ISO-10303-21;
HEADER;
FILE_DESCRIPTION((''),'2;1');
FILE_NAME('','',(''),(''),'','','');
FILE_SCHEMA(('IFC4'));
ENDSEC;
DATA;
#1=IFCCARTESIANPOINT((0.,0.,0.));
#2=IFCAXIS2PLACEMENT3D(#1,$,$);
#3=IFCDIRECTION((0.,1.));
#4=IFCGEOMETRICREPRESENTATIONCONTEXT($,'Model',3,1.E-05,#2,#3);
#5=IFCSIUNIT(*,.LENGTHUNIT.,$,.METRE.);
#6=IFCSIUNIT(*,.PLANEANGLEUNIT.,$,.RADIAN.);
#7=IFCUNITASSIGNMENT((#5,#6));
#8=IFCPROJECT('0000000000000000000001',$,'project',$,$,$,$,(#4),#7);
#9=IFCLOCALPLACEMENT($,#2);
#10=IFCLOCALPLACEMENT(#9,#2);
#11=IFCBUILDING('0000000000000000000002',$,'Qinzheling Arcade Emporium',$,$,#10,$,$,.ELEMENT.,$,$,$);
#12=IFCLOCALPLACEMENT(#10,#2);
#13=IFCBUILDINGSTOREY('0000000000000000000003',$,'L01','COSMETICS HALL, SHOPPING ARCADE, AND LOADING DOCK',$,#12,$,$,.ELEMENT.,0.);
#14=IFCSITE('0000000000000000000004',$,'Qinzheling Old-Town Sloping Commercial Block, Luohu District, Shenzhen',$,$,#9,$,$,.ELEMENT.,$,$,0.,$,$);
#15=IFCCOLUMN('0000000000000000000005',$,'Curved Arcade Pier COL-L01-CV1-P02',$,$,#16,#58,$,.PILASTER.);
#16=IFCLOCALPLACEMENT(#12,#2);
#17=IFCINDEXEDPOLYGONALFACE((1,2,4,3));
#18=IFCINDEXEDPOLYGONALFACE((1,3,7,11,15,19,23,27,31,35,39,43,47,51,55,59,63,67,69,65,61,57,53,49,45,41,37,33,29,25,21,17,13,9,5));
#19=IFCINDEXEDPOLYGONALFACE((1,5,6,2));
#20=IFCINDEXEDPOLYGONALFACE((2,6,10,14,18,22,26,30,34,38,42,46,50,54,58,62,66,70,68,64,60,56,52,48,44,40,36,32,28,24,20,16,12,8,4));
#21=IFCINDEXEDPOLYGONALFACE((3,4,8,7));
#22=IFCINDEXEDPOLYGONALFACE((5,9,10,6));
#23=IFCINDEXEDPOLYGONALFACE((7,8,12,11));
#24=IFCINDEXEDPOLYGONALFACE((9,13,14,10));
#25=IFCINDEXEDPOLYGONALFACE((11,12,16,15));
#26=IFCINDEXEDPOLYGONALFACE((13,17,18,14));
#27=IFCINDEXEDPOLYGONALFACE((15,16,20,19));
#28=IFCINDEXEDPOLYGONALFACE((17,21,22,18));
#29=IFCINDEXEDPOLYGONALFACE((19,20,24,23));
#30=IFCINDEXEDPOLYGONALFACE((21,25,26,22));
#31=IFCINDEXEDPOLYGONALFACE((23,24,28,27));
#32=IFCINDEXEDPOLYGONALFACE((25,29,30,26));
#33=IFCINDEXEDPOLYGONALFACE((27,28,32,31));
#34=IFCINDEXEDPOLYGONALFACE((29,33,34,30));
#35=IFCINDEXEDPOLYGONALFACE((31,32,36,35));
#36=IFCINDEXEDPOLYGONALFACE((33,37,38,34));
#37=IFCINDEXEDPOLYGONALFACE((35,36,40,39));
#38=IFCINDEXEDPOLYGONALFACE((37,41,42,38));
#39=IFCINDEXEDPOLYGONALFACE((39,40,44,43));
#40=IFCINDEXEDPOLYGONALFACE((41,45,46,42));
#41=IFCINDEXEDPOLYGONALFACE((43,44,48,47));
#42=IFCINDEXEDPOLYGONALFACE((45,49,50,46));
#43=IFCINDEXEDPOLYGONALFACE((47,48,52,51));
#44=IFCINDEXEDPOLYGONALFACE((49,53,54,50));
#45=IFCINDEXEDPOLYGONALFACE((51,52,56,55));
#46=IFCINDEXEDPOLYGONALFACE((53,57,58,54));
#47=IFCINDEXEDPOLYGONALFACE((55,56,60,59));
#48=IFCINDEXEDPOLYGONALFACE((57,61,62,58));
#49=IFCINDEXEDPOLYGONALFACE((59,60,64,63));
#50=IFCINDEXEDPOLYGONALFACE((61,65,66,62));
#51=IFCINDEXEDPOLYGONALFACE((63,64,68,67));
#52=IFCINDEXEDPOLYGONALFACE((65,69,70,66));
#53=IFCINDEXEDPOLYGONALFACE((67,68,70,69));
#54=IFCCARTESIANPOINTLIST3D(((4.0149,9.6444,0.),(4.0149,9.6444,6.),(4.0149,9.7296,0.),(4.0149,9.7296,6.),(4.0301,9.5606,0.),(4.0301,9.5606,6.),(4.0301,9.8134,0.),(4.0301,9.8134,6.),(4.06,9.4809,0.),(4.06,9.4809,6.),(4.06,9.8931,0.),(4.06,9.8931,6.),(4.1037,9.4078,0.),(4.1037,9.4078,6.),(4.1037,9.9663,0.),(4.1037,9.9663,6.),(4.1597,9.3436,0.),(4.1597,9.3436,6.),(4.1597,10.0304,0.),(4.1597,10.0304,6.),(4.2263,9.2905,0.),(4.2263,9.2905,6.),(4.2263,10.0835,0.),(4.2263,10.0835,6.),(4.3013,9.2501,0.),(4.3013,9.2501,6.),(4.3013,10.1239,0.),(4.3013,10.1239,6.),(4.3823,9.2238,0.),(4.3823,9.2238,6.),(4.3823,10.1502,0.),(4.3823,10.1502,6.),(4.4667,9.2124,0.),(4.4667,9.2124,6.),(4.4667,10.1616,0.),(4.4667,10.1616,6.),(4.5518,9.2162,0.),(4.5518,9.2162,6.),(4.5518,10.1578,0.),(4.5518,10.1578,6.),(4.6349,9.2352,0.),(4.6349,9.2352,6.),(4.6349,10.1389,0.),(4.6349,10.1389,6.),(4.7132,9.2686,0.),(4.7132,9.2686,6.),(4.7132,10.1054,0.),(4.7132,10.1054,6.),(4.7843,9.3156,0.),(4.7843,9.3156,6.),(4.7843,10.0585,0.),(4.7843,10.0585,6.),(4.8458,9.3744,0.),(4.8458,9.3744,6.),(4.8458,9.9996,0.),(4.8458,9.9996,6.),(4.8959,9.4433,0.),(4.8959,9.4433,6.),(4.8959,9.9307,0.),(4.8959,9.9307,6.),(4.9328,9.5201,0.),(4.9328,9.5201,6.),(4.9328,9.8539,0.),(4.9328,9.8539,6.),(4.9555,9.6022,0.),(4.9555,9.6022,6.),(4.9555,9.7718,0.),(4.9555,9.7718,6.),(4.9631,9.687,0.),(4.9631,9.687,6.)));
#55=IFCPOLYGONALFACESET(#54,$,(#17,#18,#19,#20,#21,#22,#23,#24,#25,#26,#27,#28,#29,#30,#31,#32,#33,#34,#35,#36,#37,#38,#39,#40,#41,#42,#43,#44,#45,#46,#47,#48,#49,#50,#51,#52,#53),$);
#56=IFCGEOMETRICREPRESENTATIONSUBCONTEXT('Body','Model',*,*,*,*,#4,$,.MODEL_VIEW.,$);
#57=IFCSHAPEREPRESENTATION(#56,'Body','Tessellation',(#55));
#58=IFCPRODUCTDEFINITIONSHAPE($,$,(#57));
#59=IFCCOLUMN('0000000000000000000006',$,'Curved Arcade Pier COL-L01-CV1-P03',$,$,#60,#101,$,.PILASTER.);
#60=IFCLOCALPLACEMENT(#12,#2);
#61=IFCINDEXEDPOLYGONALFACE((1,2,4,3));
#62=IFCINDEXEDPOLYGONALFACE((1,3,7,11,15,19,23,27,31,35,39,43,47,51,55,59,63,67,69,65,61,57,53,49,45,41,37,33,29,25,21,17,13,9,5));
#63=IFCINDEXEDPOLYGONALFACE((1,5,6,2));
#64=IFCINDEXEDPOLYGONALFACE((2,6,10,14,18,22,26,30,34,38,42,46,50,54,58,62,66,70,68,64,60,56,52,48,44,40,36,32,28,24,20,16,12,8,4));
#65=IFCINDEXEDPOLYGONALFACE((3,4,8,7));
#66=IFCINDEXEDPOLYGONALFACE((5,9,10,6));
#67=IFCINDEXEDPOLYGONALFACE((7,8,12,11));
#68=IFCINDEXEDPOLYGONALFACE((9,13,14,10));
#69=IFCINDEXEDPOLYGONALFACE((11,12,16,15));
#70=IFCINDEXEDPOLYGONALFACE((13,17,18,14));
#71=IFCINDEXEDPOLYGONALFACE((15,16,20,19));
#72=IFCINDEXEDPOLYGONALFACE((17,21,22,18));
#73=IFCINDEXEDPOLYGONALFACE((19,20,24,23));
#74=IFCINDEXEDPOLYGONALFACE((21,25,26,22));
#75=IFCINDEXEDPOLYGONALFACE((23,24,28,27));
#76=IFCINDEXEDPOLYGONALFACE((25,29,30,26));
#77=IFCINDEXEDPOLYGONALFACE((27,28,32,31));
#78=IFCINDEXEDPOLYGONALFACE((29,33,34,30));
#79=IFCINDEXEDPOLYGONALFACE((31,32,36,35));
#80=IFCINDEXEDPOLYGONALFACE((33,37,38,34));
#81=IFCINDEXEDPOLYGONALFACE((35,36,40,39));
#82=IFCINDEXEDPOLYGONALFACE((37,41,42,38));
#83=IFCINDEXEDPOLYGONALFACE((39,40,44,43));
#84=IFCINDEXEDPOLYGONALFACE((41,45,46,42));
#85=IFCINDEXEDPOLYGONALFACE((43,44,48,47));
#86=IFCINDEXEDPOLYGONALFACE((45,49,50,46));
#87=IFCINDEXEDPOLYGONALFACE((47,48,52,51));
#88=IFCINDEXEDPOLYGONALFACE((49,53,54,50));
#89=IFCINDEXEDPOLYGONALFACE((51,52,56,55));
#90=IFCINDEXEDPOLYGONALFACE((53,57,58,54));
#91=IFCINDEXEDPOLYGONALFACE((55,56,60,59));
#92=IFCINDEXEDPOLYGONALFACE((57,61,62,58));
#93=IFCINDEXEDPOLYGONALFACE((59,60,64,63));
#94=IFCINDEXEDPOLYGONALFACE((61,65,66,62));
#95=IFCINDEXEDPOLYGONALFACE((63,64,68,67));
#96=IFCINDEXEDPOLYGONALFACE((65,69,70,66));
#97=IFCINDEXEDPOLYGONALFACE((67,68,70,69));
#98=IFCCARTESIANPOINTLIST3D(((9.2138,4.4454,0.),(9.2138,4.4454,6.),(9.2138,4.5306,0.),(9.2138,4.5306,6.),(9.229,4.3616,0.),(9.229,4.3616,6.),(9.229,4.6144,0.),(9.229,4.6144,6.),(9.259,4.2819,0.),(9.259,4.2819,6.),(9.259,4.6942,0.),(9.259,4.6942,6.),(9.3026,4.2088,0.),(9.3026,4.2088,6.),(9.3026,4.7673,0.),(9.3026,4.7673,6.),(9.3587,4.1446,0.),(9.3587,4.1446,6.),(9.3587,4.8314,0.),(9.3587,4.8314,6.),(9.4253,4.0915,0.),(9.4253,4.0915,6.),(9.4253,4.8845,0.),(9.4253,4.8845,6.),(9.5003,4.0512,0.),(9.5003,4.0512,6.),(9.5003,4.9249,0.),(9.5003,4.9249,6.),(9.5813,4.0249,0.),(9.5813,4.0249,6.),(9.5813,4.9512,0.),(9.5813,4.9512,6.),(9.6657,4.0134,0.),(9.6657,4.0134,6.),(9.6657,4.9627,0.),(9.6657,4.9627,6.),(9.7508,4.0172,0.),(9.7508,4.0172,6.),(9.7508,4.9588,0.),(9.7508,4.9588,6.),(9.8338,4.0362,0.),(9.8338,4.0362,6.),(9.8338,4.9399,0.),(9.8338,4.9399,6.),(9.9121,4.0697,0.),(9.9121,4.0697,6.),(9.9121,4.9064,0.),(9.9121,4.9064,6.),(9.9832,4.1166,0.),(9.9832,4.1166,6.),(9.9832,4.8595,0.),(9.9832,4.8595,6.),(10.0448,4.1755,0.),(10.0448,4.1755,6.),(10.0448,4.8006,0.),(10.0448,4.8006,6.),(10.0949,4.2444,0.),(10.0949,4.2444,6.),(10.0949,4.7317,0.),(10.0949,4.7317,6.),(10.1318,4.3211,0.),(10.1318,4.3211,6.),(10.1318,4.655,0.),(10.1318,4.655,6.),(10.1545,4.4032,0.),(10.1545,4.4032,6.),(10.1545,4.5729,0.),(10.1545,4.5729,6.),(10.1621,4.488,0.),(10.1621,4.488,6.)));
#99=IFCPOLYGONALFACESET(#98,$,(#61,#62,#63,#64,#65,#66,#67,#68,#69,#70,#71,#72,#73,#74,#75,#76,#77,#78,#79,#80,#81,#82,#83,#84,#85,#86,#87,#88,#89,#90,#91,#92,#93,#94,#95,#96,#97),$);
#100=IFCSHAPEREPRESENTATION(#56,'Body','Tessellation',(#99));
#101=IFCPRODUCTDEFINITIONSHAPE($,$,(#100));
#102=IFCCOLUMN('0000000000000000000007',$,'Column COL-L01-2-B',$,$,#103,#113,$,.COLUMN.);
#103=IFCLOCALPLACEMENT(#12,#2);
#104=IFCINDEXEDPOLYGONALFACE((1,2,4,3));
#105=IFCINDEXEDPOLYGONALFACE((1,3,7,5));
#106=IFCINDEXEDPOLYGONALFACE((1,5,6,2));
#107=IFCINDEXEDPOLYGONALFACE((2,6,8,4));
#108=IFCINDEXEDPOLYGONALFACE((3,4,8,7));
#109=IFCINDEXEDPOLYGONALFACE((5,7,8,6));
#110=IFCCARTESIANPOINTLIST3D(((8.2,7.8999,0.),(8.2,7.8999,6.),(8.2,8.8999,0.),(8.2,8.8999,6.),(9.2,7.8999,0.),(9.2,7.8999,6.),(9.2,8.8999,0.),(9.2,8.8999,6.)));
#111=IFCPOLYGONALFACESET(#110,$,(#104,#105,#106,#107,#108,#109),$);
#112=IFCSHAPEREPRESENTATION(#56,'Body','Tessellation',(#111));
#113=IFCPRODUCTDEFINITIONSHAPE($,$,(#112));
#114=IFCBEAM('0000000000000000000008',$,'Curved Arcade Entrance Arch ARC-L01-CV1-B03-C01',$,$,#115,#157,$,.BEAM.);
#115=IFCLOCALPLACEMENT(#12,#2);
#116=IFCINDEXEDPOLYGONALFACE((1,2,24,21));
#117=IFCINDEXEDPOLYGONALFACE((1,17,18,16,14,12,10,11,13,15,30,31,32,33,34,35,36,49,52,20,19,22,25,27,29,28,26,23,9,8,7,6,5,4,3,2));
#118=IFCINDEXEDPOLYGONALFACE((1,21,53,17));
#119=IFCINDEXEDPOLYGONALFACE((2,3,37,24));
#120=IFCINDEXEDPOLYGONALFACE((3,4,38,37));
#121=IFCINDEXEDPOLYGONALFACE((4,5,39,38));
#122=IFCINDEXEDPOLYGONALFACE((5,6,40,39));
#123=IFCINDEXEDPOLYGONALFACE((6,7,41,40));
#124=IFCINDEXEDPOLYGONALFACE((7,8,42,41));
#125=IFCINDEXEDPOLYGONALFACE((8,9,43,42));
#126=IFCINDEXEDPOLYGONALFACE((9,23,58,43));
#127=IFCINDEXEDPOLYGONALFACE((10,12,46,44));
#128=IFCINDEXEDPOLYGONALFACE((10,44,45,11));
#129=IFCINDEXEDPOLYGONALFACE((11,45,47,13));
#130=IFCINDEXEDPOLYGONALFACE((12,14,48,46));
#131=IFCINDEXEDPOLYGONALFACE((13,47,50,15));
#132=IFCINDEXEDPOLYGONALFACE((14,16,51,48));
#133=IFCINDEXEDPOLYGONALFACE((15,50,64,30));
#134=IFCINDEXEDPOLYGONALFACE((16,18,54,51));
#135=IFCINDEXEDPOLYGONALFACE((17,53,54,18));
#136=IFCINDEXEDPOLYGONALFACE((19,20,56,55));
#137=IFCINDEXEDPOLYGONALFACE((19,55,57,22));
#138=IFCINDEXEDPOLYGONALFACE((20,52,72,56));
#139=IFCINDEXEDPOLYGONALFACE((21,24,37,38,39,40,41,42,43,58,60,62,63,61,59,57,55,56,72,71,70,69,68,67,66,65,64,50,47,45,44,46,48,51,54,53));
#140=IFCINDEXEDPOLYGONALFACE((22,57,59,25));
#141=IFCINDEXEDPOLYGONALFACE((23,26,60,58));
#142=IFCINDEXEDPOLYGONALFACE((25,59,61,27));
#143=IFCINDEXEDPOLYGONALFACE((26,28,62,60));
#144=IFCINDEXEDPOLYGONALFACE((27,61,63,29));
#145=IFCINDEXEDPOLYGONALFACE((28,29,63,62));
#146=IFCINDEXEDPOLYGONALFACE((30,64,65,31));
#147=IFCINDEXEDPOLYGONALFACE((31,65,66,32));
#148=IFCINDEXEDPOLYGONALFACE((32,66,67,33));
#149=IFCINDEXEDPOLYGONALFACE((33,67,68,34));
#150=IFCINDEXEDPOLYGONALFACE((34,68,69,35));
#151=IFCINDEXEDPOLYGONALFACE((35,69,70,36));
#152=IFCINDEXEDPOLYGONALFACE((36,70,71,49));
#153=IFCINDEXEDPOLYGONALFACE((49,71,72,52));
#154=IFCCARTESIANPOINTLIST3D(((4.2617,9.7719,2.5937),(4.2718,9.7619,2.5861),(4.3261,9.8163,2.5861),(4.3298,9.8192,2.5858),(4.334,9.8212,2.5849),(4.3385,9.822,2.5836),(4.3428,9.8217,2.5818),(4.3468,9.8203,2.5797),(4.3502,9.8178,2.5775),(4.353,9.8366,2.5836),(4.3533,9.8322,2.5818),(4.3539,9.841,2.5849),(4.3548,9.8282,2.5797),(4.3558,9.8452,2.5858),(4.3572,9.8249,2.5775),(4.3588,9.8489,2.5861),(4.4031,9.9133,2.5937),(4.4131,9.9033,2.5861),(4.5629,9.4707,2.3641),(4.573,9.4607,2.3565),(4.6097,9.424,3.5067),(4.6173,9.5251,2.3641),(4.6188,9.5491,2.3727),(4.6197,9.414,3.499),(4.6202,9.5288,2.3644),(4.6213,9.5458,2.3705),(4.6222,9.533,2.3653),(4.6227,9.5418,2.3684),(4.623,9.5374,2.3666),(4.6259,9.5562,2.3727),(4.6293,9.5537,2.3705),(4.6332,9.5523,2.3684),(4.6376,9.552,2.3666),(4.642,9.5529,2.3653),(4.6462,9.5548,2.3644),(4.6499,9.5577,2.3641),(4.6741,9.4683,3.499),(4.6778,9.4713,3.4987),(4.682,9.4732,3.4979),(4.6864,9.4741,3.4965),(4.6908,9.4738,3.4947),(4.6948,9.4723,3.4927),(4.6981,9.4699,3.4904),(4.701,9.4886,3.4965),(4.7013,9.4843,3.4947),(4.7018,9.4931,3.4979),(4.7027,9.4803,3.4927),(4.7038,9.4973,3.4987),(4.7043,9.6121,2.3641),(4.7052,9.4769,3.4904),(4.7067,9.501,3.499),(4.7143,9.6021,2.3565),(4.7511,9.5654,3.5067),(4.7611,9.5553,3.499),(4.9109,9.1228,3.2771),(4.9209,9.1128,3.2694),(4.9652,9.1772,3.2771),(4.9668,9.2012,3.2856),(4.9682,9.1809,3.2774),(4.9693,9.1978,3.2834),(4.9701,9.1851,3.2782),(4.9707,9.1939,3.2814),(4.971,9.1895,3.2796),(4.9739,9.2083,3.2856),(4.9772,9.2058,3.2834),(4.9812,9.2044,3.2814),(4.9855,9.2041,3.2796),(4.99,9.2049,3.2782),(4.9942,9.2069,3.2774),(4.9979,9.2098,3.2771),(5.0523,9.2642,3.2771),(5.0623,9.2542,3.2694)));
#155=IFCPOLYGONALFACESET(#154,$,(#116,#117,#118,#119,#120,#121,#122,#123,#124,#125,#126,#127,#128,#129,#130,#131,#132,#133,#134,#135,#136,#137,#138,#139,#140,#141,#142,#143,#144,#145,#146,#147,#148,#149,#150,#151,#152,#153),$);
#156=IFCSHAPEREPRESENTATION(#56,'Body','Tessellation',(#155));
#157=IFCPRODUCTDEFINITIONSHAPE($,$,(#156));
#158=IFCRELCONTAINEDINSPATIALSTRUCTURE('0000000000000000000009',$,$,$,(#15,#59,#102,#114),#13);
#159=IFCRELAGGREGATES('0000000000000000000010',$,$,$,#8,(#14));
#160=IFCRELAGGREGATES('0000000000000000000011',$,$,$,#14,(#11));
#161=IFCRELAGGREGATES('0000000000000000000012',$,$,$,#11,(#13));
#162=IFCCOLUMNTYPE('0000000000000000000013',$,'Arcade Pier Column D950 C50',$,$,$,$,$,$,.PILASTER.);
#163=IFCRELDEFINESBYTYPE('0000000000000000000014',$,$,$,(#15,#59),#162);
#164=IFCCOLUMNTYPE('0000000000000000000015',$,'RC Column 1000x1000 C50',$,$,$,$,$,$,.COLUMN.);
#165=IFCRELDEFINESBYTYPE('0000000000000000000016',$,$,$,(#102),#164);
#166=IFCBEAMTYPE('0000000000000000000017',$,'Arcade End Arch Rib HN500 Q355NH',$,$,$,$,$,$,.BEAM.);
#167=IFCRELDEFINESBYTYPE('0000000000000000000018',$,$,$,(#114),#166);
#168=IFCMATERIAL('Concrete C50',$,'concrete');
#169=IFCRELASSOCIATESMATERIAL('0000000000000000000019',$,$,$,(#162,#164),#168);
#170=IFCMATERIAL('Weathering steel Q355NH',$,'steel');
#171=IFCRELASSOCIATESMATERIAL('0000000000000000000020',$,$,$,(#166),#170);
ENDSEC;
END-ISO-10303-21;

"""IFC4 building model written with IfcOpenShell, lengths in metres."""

from ifc_helpers import new_model, si_unit, direction, frame, origin, origin_2d, place, context, subcontext, project, spatial, rectangle, circle, i_section, extrude, material, material_profile, profile_set, type_object, element, save


model = new_model("IFC4")

# Units and contexts
model_context = context("Model", 3, precision=1e-05, world=origin(), true_north=direction((0.0, 1.0)))
body_context = subcontext(model_context, "Body", "Model", "MODEL_VIEW")
ifc_project = project(units=[si_unit("LENGTHUNIT", "METRE"), si_unit("PLANEANGLEUNIT", "RADIAN")], contexts=[model_context])

# Site, building, storey
site_placement = place(None, origin())
site = spatial("IfcSite", under=ifc_project, at=site_placement, Name="Qinzheling Old-Town Sloping Commercial Block, Luohu District, Shenzhen", CompositionType="ELEMENT", RefElevation=0.0)
building_placement = place(site_placement, origin())
building = spatial("IfcBuilding", under=site, at=building_placement, Name="Qinzheling Arcade Emporium", CompositionType="ELEMENT")
storey_placement = place(building_placement, origin())
storey = spatial("IfcBuildingStorey", under=building, at=storey_placement, Name="L01", Description="COSMETICS HALL, SHOPPING ARCADE, AND LOADING DOCK", CompositionType="ELEMENT", Elevation=0.0)

# Columns
ifc_material_1 = material(Name="Concrete C50", Category="concrete")
ifc_material_profile_1 = material_profile(ifc_material_1, circle(Radius=0.4751, at=origin_2d()), Name="RC D950", Category="concrete")
ifc_profile_set_1 = profile_set([ifc_material_profile_1], Name="Concrete C50")
column_type_1 = type_object("IfcColumnType", Name="Arcade Pier Column D950 C50", PredefinedType="PILASTER", material=ifc_profile_set_1)
for number, where, z_axis, x_axis, name in (
    (1, (4.488, 9.687, 0.0), (0.0, 0.0, 1.0), (1.0, 0.0, 0.0), "Curved Arcade Pier COL-L01-CV1-P02"),
    (2, (9.687, 4.488, 0.0), (0.0, 0.0, 1.0), (1.0, 0.0, 0.0), "Curved Arcade Pier COL-L01-CV1-P03"),
):
    element("IfcColumn", number, at=place(storey_placement, frame(where, z_axis=z_axis, x_axis=x_axis)), inside=storey, type_object=column_type_1, Name=name, PredefinedType="PILASTER", context=body_context, shape_type="SweptSolid", body=[
        extrude(circle(Radius=0.4751, at=origin_2d()), origin(), (0.0, 0.0, 1.0), 6.0),
    ])
ifc_material_profile_2 = material_profile(ifc_material_1, rectangle(XDim=1.0, YDim=1.0, at=origin_2d()), Name="RC 1000x1000", Category="concrete")
ifc_profile_set_2 = profile_set([ifc_material_profile_2], Name="Concrete C50")
column_type_2 = type_object("IfcColumnType", Name="RC Column 1000x1000 C50", PredefinedType="COLUMN", material=ifc_profile_set_2)
column_placement = place(storey_placement, frame((8.7, 8.3999, 0.0), z_axis=(0.0, 0.0, 1.0), x_axis=(1.0, 0.0, 0.0)))
element("IfcColumn", 3, at=column_placement, inside=storey, type_object=column_type_2, Name="Column COL-L01-2-B", PredefinedType="COLUMN", context=body_context, shape_type="SweptSolid", body=[
    extrude(rectangle(XDim=1.0, YDim=1.0, at=origin_2d()), origin(), (0.0, 0.0, 1.0), 6.0),
])

# Beam
ifc_material_2 = material(Name="Weathering steel Q355NH", Category="steel")
ifc_material_profile_3 = material_profile(ifc_material_2, i_section(OverallWidth=0.2, OverallDepth=0.5, WebThickness=0.01, FlangeThickness=0.0161, FilletRadius=0.0181, at=origin_2d()), Name="HN 500x200x10x16", Category="steel")
ifc_profile_set_3 = profile_set([ifc_material_profile_3], Name="Weathering steel Q355NH")
beam_type_1 = type_object("IfcBeamType", Name="Arcade End Arch Rib HN500 Q355NH", PredefinedType="BEAM", material=ifc_profile_set_3)
beam_1_placement = place(storey_placement, frame((4.488, 9.687, 2.4751), z_axis=(0.33549, -0.33549, 0.88028), x_axis=(0.707107, 0.707107, 0.0)))
element("IfcBeam", 4, at=beam_1_placement, inside=storey, type_object=beam_type_1, Name="Curved Arcade Entrance Arch ARC-L01-CV1-B03-C01", PredefinedType="BEAM", context=body_context, shape_type="SweptSolid", body=[
    extrude(i_section(OverallWidth=0.2, OverallDepth=0.5, WebThickness=0.01, FlangeThickness=0.0161, FilletRadius=0.0181, at=origin_2d()), origin(), (0.0, 0.0, 1.0), 1.0371),
])

save(model, "model.ifc")
